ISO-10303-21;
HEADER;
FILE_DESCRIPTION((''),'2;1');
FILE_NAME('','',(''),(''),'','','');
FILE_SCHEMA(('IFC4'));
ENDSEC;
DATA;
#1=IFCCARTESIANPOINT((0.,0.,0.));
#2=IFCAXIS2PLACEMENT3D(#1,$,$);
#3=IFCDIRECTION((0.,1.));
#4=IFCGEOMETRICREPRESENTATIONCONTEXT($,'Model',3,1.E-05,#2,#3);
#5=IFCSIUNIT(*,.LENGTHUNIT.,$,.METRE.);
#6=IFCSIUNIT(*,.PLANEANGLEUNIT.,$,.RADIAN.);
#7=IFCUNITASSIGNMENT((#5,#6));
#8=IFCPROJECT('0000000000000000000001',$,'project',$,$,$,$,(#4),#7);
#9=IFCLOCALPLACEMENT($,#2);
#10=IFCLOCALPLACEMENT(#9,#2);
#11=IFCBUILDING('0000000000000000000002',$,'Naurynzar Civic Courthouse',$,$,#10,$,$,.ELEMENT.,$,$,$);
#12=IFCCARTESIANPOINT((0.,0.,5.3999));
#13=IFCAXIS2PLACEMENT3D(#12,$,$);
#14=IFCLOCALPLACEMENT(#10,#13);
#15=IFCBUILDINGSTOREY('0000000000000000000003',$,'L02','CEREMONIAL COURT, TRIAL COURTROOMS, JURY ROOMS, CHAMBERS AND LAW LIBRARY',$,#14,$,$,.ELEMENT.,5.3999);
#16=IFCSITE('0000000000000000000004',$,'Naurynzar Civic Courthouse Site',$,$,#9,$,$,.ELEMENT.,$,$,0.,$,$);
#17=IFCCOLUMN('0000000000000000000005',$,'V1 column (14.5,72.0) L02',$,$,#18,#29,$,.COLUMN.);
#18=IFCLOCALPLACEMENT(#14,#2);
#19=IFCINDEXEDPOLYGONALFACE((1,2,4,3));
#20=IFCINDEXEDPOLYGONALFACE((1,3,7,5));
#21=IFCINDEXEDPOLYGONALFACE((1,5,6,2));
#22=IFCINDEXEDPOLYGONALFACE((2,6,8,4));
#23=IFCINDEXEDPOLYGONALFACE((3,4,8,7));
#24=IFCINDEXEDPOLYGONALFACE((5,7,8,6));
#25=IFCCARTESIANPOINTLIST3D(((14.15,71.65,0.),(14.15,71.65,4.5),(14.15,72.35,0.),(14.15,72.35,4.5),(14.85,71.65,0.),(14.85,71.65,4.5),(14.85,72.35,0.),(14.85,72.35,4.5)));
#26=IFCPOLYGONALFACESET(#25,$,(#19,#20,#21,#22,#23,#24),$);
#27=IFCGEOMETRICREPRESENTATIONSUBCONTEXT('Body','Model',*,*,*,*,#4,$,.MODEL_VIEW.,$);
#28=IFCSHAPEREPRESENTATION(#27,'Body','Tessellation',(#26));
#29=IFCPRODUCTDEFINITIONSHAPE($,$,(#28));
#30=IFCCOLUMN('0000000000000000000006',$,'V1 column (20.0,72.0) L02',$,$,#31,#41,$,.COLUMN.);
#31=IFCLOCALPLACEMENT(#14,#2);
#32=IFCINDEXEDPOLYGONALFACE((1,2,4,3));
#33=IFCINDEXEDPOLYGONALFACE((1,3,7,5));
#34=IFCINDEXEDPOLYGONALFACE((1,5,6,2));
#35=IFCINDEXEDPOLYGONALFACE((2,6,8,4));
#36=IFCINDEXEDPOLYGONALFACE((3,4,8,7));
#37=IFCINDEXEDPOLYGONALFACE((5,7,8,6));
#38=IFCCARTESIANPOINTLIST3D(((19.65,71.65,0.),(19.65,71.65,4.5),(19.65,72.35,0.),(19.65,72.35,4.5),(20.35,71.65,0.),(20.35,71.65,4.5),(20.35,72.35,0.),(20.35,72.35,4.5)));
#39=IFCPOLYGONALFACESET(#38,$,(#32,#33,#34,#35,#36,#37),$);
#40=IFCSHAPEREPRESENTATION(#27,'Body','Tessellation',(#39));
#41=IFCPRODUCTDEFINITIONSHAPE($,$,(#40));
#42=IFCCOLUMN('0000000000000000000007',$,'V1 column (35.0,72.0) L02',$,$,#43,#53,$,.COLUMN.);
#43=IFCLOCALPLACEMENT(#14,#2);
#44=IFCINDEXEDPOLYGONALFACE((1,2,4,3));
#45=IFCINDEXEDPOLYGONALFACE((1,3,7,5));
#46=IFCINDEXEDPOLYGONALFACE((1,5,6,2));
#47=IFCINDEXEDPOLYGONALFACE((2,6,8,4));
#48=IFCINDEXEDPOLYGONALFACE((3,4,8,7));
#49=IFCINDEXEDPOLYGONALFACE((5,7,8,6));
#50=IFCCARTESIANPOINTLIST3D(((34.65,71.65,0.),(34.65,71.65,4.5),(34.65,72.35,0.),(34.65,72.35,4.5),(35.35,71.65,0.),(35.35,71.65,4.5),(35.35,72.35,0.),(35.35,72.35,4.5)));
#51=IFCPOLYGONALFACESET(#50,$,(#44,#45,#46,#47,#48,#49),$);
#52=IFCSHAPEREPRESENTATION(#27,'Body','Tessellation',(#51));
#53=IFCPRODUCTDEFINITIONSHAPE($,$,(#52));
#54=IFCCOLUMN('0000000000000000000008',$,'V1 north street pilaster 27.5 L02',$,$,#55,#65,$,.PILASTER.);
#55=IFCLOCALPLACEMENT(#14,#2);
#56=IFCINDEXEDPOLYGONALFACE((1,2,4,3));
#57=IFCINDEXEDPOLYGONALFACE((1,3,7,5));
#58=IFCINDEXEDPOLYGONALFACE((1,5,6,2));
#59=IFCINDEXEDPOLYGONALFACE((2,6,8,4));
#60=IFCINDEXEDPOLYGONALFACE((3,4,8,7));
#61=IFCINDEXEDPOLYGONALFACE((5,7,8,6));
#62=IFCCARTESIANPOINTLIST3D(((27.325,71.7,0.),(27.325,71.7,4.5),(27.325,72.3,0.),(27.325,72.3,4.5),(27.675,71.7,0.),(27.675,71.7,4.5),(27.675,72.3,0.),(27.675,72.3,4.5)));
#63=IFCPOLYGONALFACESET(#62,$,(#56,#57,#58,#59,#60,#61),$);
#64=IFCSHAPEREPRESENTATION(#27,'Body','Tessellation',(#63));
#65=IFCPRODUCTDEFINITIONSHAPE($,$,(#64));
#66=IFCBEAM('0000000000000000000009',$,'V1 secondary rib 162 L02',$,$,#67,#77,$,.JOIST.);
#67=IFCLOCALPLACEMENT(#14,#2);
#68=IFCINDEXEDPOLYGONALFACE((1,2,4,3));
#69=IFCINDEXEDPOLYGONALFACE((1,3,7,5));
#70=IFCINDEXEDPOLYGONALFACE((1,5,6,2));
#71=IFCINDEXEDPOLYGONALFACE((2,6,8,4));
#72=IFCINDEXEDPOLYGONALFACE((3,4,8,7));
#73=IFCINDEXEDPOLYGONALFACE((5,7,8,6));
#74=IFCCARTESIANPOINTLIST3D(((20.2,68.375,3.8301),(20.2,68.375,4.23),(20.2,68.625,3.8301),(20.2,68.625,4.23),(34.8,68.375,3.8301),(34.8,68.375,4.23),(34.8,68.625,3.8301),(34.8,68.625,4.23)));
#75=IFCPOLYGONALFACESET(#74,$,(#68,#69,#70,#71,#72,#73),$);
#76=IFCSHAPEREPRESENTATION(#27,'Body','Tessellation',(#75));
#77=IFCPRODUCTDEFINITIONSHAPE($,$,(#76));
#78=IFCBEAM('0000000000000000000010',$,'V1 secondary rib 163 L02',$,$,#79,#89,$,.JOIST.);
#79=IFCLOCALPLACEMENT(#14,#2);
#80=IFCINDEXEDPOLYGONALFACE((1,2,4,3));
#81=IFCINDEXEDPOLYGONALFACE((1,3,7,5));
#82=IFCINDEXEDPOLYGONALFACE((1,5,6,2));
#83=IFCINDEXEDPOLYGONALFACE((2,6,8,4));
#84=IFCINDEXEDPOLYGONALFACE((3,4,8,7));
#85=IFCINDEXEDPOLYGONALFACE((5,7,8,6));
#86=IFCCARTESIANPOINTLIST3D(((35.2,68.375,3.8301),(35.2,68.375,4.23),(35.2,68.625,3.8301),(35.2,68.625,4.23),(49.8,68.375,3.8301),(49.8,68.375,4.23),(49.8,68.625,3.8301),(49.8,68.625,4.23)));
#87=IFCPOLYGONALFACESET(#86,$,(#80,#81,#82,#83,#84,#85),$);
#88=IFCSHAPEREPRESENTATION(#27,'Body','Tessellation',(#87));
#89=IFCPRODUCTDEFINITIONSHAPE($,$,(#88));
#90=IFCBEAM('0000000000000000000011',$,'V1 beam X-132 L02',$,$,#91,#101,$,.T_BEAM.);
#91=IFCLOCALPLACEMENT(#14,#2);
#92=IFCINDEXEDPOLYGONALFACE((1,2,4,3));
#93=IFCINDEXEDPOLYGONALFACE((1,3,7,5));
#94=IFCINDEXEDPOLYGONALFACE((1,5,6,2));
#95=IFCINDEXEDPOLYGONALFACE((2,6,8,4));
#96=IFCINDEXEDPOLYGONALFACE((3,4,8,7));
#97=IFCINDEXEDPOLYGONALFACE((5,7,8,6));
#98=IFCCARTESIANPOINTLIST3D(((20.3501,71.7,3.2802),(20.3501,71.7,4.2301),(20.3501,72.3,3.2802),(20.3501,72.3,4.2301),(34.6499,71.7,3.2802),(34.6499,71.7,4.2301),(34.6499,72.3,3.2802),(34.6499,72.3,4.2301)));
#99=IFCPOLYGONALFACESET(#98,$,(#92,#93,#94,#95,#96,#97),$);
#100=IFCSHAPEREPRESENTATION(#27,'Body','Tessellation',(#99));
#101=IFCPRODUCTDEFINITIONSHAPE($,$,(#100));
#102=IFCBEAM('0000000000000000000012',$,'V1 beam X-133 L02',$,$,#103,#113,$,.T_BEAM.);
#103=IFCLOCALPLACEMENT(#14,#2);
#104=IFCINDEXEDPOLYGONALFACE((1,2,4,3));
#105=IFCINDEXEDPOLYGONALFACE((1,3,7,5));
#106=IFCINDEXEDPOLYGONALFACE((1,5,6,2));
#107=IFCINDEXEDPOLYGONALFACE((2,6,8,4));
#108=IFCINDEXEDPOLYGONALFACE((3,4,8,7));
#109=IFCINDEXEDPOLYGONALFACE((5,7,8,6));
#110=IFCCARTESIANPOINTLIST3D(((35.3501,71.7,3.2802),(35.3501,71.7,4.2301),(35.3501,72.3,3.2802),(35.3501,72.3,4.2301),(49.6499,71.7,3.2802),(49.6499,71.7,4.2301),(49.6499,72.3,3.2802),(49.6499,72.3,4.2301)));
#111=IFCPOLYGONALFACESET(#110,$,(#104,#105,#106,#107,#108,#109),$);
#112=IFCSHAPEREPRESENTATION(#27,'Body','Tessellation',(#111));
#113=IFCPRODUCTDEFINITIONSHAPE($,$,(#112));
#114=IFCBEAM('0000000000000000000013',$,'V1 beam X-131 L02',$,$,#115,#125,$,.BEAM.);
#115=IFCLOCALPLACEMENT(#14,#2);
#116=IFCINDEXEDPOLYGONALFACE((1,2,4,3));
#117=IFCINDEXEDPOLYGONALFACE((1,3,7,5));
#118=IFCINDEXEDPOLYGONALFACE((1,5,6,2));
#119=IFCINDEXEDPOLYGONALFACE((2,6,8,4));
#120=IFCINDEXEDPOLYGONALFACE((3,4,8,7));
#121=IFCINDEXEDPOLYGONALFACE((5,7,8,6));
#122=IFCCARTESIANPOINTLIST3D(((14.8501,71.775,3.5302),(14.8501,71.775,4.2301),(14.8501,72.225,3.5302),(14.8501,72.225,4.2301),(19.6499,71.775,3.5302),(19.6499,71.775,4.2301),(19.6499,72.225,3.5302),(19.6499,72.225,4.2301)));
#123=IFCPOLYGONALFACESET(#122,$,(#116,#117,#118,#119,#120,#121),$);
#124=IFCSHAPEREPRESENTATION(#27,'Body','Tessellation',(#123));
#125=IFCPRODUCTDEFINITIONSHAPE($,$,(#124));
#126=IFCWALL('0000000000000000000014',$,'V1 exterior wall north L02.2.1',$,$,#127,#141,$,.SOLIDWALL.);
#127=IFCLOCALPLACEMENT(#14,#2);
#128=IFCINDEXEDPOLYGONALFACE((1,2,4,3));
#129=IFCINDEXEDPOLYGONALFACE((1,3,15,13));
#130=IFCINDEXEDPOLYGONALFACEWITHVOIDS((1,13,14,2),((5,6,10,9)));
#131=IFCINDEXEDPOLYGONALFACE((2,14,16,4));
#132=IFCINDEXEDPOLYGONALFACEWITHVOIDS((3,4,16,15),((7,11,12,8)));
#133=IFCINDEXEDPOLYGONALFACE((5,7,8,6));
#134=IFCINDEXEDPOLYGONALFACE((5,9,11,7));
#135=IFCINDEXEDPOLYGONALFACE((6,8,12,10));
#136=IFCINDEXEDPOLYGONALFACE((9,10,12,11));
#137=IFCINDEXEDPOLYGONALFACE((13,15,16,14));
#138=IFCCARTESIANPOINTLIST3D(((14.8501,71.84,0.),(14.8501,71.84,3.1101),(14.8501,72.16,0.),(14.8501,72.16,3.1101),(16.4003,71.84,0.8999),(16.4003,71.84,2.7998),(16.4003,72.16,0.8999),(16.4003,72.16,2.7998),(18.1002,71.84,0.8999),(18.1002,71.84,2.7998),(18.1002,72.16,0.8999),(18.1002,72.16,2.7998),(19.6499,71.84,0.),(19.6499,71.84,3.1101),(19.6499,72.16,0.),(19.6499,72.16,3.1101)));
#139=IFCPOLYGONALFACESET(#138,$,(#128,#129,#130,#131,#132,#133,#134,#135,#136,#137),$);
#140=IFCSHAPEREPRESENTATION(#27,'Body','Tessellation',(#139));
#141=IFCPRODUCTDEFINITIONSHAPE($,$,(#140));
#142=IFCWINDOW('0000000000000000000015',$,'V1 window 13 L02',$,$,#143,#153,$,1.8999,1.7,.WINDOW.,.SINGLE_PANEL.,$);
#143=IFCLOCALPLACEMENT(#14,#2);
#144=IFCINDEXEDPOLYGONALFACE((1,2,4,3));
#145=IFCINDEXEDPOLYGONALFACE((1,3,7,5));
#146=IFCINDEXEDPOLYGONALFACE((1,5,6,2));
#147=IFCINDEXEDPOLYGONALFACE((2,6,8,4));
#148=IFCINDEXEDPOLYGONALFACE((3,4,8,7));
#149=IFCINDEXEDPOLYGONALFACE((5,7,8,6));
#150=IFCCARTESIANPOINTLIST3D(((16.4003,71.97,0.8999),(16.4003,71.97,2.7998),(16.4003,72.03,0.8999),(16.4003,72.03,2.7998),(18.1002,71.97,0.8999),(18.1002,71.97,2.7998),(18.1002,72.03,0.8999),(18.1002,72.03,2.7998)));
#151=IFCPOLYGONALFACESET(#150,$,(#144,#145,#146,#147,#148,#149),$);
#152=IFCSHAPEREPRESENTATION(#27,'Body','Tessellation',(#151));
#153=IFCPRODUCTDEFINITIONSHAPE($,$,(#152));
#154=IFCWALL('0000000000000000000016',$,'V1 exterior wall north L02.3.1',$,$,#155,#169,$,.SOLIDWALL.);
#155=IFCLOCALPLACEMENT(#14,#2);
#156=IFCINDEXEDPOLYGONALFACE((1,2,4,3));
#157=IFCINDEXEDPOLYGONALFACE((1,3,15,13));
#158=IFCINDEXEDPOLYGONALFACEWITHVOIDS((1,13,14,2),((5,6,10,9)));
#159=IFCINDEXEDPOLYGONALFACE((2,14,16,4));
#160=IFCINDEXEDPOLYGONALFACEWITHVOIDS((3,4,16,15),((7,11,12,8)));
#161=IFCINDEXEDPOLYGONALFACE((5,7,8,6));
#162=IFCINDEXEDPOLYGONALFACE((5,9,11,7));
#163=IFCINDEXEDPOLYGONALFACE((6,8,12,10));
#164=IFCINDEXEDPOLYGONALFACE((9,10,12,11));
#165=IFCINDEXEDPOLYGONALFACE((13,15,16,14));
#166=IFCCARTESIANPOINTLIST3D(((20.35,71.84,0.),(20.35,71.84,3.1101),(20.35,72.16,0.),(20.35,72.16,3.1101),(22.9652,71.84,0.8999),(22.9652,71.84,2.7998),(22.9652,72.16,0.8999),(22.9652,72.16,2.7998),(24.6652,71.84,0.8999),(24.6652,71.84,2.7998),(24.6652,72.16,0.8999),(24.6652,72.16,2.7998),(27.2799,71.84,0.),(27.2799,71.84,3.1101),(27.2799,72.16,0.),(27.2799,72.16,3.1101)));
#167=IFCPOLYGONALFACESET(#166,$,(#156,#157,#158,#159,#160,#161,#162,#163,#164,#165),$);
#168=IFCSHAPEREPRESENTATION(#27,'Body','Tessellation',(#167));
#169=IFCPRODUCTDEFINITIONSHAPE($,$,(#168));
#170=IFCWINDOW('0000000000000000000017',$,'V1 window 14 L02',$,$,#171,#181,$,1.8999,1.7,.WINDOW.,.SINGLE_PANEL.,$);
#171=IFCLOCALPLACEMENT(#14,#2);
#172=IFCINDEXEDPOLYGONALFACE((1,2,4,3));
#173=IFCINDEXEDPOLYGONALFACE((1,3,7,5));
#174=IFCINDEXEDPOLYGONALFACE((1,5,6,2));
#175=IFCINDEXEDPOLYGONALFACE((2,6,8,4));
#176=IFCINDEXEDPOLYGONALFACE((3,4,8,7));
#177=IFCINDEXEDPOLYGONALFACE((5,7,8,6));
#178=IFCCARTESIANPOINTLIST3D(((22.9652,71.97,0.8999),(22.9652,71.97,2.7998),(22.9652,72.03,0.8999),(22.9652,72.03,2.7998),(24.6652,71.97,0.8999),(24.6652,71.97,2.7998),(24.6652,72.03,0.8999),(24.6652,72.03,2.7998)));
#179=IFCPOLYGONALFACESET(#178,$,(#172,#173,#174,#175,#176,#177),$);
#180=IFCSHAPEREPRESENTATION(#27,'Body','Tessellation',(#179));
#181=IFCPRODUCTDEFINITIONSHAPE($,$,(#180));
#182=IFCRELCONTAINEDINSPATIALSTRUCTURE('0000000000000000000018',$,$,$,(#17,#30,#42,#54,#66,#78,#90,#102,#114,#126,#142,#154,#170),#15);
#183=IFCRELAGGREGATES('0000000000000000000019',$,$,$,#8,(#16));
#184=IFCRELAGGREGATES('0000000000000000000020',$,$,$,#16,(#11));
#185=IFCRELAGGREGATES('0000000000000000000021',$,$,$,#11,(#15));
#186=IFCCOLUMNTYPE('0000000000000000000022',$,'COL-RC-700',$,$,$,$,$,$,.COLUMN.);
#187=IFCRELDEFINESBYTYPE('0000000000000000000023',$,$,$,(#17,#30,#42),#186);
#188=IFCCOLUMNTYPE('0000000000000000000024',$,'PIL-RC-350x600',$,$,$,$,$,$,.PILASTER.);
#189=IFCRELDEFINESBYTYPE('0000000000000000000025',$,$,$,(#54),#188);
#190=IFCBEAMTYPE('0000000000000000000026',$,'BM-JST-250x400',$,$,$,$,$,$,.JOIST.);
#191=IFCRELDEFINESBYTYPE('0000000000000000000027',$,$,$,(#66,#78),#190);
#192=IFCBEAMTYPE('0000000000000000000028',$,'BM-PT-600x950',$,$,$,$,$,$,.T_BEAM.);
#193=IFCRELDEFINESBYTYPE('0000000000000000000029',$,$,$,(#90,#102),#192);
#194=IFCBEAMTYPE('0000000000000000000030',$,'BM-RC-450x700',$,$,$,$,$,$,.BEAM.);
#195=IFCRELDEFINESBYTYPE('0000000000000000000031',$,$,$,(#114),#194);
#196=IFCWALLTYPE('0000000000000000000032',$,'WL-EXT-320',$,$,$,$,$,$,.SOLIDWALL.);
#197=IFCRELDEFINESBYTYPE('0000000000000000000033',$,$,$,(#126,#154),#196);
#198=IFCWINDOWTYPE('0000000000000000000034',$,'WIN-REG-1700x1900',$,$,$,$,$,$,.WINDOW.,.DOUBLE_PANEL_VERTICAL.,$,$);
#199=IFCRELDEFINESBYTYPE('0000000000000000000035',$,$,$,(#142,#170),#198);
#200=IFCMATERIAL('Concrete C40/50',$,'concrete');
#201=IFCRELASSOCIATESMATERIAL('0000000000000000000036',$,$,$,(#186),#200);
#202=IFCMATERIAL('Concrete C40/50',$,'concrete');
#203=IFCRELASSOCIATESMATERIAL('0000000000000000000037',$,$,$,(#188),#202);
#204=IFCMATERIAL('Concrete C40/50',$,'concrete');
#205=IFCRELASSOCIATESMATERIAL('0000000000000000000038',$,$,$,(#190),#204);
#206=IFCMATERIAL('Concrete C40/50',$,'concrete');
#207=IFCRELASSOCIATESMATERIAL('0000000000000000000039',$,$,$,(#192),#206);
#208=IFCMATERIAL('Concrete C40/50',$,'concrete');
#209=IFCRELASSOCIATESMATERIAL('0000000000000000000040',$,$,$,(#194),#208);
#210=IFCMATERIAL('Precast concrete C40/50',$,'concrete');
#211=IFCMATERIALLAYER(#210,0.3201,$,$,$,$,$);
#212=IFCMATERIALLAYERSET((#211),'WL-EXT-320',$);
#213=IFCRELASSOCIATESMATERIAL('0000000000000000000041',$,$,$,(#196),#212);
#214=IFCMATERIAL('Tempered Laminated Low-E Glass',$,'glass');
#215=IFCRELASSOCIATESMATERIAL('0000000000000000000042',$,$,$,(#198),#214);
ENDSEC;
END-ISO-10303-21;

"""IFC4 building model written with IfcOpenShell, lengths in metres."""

from ifc_helpers import new_model, si_unit, direction, frame, frame_2d, origin, origin_2d, place, context, subcontext, project, spatial, rectangle, extrude, material, layer, layer_set, material_profile, profile_set, type_object, element, fill, save


model = new_model("IFC4")

# Units and contexts
model_context = context("Model", 3, precision=1e-05, world=origin(), true_north=direction((0.0, 1.0)))
body_context = subcontext(model_context, "Body", "Model", "MODEL_VIEW")
ifc_project = project(units=[si_unit("LENGTHUNIT", "METRE"), si_unit("PLANEANGLEUNIT", "RADIAN")], contexts=[model_context])

# Site, building, storey
site_placement = place(None, origin())
site = spatial("IfcSite", under=ifc_project, at=site_placement, Name="Naurynzar Civic Courthouse Site", CompositionType="ELEMENT", RefElevation=0.0)
building_placement = place(site_placement, origin())
building = spatial("IfcBuilding", under=site, at=building_placement, Name="Naurynzar Civic Courthouse", CompositionType="ELEMENT")
storey_placement = place(building_placement, frame((0.0, 0.0, 5.3999)))
storey = spatial("IfcBuildingStorey", under=building, at=storey_placement, Name="L02", Description="CEREMONIAL COURT, TRIAL COURTROOMS, JURY ROOMS, CHAMBERS AND LAW LIBRARY", CompositionType="ELEMENT", Elevation=5.3999)

# Columns
ifc_material_1 = material(Name="Concrete C40/50", Category="concrete")
ifc_material_profile_1 = material_profile(ifc_material_1, rectangle(XDim=0.7, YDim=0.7, at=origin_2d()), Name="RC 700x700")
ifc_profile_set_1 = profile_set([ifc_material_profile_1], Name="Concrete C40/50")
column_type_1 = type_object("IfcColumnType", Name="COL-RC-700", PredefinedType="COLUMN", material=ifc_profile_set_1)
for number, where, z_axis, x_axis, name in (
    (1, (14.5, 72.0, 0.0), (0.0, 0.0, 1.0), (1.0, 0.0, 0.0), "V1 column (14.5,72.0) L02"),
    (2, (20.0, 72.0, 0.0), (0.0, 0.0, 1.0), (1.0, 0.0, 0.0), "V1 column (20.0,72.0) L02"),
    (3, (35.0, 72.0, 0.0), (0.0, 0.0, 1.0), (1.0, 0.0, 0.0), "V1 column (35.0,72.0) L02"),
):
    element("IfcColumn", number, at=place(storey_placement, frame(where, z_axis=z_axis, x_axis=x_axis)), inside=storey, type_object=column_type_1, Name=name, PredefinedType="COLUMN", context=body_context, shape_type="SweptSolid", body=[
        extrude(rectangle(XDim=0.7, YDim=0.7, at=origin_2d()), origin(), (0.0, 0.0, 1.0), 4.5),
    ])
ifc_material_2 = material(Name="Concrete C40/50", Category="concrete")
ifc_material_profile_2 = material_profile(ifc_material_2, rectangle(XDim=0.3501, YDim=0.6001, at=origin_2d()), Name="RC 350x600")
ifc_profile_set_2 = profile_set([ifc_material_profile_2], Name="Concrete C40/50")
column_type_2 = type_object("IfcColumnType", Name="PIL-RC-350x600", PredefinedType="PILASTER", material=ifc_profile_set_2)
column_placement = place(storey_placement, frame((27.5, 72.0, 0.0), z_axis=(0.0, 0.0, 1.0), x_axis=(1.0, 0.0, 0.0)))
element("IfcColumn", 4, at=column_placement, inside=storey, type_object=column_type_2, Name="V1 north street pilaster 27.5 L02", PredefinedType="PILASTER", context=body_context, shape_type="SweptSolid", body=[
    extrude(rectangle(XDim=0.3501, YDim=0.6001, at=origin_2d()), origin(), (0.0, 0.0, 1.0), 4.5),
])

# Beams
ifc_material_3 = material(Name="Concrete C40/50", Category="concrete")
ifc_material_profile_3 = material_profile(ifc_material_3, rectangle(XDim=0.25, YDim=0.3999, at=origin_2d()), Name="RCB 250x400")
ifc_profile_set_3 = profile_set([ifc_material_profile_3], Name="Concrete C40/50")
beam_type_1 = type_object("IfcBeamType", Name="BM-JST-250x400", PredefinedType="JOIST", material=ifc_profile_set_3)
for number, where, z_axis, x_axis, name in (
    (5, (20.2, 68.5, 4.03), (1.0, 0.0, 0.0), (0.0, 1.0, 0.0), "V1 secondary rib 162 L02"),
    (6, (35.2, 68.5, 4.03), (1.0, 0.0, 0.0), (0.0, 1.0, 0.0), "V1 secondary rib 163 L02"),
):
    element("IfcBeam", number, at=place(storey_placement, frame(where, z_axis=z_axis, x_axis=x_axis)), inside=storey, type_object=beam_type_1, Name=name, PredefinedType="JOIST", context=body_context, shape_type="SweptSolid", body=[
        extrude(rectangle(XDim=0.25, YDim=0.3999, at=origin_2d()), origin(), (0.0, 0.0, 1.0), 14.6001),
    ])
ifc_material_4 = material(Name="Concrete C40/50", Category="concrete")
ifc_material_profile_4 = material_profile(ifc_material_4, rectangle(XDim=0.6001, YDim=0.95, at=origin_2d()), Name="PTB 600x950")
ifc_profile_set_4 = profile_set([ifc_material_profile_4], Name="Concrete C40/50")
beam_type_2 = type_object("IfcBeamType", Name="BM-PT-600x950", PredefinedType="T_BEAM", material=ifc_profile_set_4)
for number, where, z_axis, x_axis, name in (
    (7, (20.3501, 72.0, 3.7551), (1.0, 0.0, 0.0), (0.0, 1.0, 0.0), "V1 beam X-132 L02"),
    (8, (35.3501, 72.0, 3.7551), (1.0, 0.0, 0.0), (0.0, 1.0, 0.0), "V1 beam X-133 L02"),
):
    element("IfcBeam", number, at=place(storey_placement, frame(where, z_axis=z_axis, x_axis=x_axis)), inside=storey, type_object=beam_type_2, Name=name, PredefinedType="T_BEAM", context=body_context, shape_type="SweptSolid", body=[
        extrude(rectangle(XDim=0.6001, YDim=0.95, at=origin_2d()), origin(), (0.0, 0.0, 1.0), 14.2998),
    ])
ifc_material_5 = material(Name="Concrete C40/50", Category="concrete")
ifc_material_profile_5 = material_profile(ifc_material_5, rectangle(XDim=0.45, YDim=0.7, at=origin_2d()), Name="RCB 450x700")
ifc_profile_set_5 = profile_set([ifc_material_profile_5], Name="Concrete C40/50")
beam_type_3 = type_object("IfcBeamType", Name="BM-RC-450x700", PredefinedType="BEAM", material=ifc_profile_set_5)
beam_placement = place(storey_placement, frame((14.8501, 72.0, 3.8801), z_axis=(1.0, 0.0, 0.0), x_axis=(0.0, 1.0, 0.0)))
element("IfcBeam", 9, at=beam_placement, inside=storey, type_object=beam_type_3, Name="V1 beam X-131 L02", PredefinedType="BEAM", context=body_context, shape_type="SweptSolid", body=[
    extrude(rectangle(XDim=0.45, YDim=0.7, at=origin_2d()), origin(), (0.0, 0.0, 1.0), 4.7998),
])

# Walls, openings, windows
ifc_material_6 = material(Name="Precast concrete C40/50", Category="concrete")
ifc_layer_1 = layer(ifc_material_6, 0.3201)
ifc_layer_set_1 = layer_set([ifc_layer_1], Name="WL-EXT-320")
wall_type_1 = type_object("IfcWallType", Name="WL-EXT-320", PredefinedType="SOLIDWALL", material=ifc_layer_set_1)
wall_1_placement = place(storey_placement, frame((14.8501, 72.0, 0.0), z_axis=(0.0, 0.0, 1.0), x_axis=(1.0, 0.0, 0.0)))
wall_1 = element("IfcWall", 10, at=wall_1_placement, inside=storey, type_object=wall_type_1, Name="V1 exterior wall north L02.2.1", PredefinedType="SOLIDWALL", context=body_context, shape_type="SweptSolid", body=[
    extrude(rectangle(XDim=4.7998, YDim=0.3201, at=frame_2d((2.3999, 0.0))), origin(), (0.0, 0.0, 1.0), 3.1101),
])
opening_1_placement = place(wall_1_placement, frame((1.55, 0.0, 0.8999)))
opening_1 = element("IfcOpeningElement", 11, at=opening_1_placement, cuts=wall_1, PredefinedType="OPENING", context=body_context, shape_type="SweptSolid", body=[
    extrude(rectangle(XDim=1.7, YDim=1.8999, at=frame_2d((0.8501, 0.95))), frame((0.0, 0.1699, 0.0), z_axis=(0.0, -1.0, 0.0), x_axis=(1.0, 0.0, 0.0)), (0.0, 0.0, 1.0), 0.3401),
])
ifc_material_7 = material(Name="Tempered Laminated Low-E Glass", Category="glass")
window_type = type_object("IfcWindowType", Name="WIN-REG-1700x1900", PartitioningType="DOUBLE_PANEL_VERTICAL", PredefinedType="WINDOW", material=ifc_material_7)
window_1_placement = place(opening_1_placement, origin())
window_1 = element("IfcWindow", 12, at=window_1_placement, inside=storey, type_object=window_type, Name="V1 window 13 L02", OverallHeight=1.8999, OverallWidth=1.7, PartitioningType="SINGLE_PANEL", PredefinedType="WINDOW", context=body_context, shape_type="SweptSolid", body=[
    extrude(rectangle(XDim=1.7, YDim=1.8999, at=frame_2d((0.8501, 0.95))), frame((0.0, 0.03, 0.0), z_axis=(0.0, -1.0, 0.0), x_axis=(1.0, 0.0, 0.0)), (0.0, 0.0, 1.0), 0.0601),
])
fill(opening_1, window_1)
wall_2_placement = place(storey_placement, frame((20.3501, 72.0, 0.0), z_axis=(0.0, 0.0, 1.0), x_axis=(1.0, 0.0, 0.0)))
wall_2 = element("IfcWall", 13, at=wall_2_placement, inside=storey, type_object=wall_type_1, Name="V1 exterior wall north L02.3.1", PredefinedType="SOLIDWALL", context=body_context, shape_type="SweptSolid", body=[
    extrude(rectangle(XDim=6.9299, YDim=0.3201, at=frame_2d((3.4648, 0.0))), origin(), (0.0, 0.0, 1.0), 3.1101),
])
opening_2_placement = place(wall_2_placement, frame((2.615, 0.0, 0.8999)))
opening_2 = element("IfcOpeningElement", 14, at=opening_2_placement, cuts=wall_2, PredefinedType="OPENING", context=body_context, shape_type="SweptSolid", body=[
    extrude(rectangle(XDim=1.7, YDim=1.8999, at=frame_2d((0.8501, 0.95))), frame((0.0, 0.1699, 0.0), z_axis=(0.0, -1.0, 0.0), x_axis=(1.0, 0.0, 0.0)), (0.0, 0.0, 1.0), 0.3401),
])
window_2_placement = place(opening_2_placement, origin())
window_2 = element("IfcWindow", 15, at=window_2_placement, inside=storey, type_object=window_type, Name="V1 window 14 L02", OverallHeight=1.8999, OverallWidth=1.7, PartitioningType="SINGLE_PANEL", PredefinedType="WINDOW", context=body_context, shape_type="SweptSolid", body=[
    extrude(rectangle(XDim=1.7, YDim=1.8999, at=frame_2d((0.8501, 0.95))), frame((0.0, 0.03, 0.0), z_axis=(0.0, -1.0, 0.0), x_axis=(1.0, 0.0, 0.0)), (0.0, 0.0, 1.0), 0.0601),
])
fill(opening_2, window_2)

save(model, "model.ifc")
